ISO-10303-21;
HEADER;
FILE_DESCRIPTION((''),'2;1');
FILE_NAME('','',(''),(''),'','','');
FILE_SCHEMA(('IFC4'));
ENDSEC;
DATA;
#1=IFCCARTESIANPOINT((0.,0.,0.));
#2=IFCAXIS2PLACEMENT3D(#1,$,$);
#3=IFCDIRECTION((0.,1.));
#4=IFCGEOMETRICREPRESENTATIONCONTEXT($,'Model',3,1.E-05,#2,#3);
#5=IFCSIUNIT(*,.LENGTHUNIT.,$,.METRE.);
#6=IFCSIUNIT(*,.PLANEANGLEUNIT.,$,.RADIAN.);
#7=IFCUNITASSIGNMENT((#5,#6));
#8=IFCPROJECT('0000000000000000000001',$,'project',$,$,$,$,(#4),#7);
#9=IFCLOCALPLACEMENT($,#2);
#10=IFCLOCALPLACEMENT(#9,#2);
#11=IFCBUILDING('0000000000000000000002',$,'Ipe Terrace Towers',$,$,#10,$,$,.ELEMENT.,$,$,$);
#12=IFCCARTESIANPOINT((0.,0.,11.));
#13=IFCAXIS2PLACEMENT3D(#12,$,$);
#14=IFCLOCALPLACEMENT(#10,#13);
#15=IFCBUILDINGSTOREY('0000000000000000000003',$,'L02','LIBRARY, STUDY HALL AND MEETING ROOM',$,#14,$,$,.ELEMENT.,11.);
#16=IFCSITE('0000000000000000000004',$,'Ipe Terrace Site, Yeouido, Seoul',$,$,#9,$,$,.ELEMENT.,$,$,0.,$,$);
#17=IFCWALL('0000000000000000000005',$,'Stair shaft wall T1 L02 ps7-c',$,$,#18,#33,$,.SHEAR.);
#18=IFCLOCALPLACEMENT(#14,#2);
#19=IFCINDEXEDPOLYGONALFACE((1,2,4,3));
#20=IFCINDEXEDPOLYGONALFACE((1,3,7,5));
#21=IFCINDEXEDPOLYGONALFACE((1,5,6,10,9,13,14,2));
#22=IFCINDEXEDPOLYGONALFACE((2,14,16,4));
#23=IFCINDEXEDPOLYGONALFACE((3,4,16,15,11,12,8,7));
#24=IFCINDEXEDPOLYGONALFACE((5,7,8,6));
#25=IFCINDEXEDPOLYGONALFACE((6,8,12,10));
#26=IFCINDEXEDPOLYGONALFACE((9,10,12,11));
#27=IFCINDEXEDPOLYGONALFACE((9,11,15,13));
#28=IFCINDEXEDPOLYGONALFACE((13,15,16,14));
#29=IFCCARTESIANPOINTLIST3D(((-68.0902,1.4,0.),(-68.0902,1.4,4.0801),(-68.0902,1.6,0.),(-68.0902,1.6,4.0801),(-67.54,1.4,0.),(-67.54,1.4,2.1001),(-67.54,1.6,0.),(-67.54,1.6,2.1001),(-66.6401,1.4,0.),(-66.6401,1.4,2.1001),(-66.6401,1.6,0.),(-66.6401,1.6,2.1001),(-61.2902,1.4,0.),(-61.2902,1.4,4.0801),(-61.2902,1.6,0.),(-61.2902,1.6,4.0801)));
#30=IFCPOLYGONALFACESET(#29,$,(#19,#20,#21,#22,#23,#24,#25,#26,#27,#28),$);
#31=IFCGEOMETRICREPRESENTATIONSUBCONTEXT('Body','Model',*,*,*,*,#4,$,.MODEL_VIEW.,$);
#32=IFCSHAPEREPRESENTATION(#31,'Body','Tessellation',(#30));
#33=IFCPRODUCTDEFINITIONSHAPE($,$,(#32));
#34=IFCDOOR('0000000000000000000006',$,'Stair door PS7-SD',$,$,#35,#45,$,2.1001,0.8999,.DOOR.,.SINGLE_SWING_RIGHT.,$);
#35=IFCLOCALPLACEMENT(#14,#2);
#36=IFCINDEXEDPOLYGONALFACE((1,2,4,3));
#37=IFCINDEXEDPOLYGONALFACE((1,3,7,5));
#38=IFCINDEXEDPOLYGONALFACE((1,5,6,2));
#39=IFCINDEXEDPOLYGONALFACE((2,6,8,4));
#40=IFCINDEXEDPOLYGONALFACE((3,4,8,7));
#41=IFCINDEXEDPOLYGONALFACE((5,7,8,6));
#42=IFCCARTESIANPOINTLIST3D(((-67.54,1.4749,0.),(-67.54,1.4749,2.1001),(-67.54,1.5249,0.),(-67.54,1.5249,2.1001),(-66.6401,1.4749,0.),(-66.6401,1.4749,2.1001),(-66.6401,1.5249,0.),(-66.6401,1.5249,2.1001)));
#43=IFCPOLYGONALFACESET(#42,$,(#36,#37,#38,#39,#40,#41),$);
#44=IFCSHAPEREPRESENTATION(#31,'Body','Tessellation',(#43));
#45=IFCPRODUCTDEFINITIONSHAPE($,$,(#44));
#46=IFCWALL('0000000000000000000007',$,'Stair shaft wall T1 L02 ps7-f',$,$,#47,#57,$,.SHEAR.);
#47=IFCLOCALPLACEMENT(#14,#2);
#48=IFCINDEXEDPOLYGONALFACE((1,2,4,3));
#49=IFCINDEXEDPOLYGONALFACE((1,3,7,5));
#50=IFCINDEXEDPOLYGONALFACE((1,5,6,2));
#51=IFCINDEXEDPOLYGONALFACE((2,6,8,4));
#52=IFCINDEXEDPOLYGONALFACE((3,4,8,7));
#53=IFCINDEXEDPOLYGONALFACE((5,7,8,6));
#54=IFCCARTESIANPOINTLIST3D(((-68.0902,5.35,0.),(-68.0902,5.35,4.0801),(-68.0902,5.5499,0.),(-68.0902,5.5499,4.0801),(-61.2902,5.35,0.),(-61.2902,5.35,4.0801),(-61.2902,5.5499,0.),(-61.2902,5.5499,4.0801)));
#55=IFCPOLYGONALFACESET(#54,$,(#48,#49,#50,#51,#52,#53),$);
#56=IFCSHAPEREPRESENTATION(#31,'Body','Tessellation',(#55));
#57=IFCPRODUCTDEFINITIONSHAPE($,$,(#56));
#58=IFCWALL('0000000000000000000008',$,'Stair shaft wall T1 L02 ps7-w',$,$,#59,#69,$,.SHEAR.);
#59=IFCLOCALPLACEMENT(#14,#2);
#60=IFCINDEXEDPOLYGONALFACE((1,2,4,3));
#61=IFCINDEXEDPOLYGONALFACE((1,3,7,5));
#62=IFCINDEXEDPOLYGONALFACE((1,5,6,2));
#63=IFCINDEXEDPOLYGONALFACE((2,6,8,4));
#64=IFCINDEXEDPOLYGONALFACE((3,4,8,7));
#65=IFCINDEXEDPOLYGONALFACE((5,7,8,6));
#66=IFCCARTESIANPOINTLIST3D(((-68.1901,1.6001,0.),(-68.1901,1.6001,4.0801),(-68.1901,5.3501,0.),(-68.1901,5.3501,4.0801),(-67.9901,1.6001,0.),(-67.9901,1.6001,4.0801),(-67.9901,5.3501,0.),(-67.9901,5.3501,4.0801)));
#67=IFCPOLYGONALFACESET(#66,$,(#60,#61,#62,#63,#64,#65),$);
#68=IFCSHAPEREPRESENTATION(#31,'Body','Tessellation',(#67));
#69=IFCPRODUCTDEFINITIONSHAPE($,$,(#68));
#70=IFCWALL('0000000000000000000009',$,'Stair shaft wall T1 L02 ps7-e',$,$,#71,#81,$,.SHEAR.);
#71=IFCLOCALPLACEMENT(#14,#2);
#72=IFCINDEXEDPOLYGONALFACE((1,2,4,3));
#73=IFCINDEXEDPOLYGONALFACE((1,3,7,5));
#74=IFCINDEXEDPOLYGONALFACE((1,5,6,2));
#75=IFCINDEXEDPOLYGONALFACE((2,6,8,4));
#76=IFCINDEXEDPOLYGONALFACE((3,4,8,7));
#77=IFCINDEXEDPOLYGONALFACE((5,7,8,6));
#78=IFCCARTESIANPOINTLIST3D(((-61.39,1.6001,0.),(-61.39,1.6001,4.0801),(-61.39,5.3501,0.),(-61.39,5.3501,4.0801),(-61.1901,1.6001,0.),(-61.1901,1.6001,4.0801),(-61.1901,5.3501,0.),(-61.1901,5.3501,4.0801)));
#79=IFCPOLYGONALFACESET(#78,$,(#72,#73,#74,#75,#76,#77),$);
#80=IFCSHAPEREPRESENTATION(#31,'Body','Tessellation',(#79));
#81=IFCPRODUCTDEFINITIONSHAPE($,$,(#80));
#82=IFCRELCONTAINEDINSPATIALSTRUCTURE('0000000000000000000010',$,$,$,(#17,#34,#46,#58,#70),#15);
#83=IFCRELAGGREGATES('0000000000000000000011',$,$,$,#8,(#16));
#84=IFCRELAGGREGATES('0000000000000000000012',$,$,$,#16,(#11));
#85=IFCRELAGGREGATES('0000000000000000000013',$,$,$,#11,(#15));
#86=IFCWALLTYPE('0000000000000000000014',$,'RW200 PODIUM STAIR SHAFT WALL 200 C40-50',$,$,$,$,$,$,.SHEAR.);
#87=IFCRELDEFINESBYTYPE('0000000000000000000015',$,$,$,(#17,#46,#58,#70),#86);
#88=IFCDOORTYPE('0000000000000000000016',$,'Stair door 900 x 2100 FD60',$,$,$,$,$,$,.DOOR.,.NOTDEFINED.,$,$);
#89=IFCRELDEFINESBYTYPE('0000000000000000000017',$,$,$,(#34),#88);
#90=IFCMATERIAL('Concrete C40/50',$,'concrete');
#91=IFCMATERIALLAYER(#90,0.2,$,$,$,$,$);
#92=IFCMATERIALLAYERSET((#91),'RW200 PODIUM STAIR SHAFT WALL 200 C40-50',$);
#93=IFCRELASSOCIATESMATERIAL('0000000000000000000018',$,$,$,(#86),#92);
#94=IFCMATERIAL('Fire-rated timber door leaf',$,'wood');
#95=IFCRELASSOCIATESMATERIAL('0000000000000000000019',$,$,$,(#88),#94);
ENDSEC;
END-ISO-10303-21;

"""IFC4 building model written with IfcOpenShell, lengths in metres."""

from ifc_helpers import new_model, si_unit, direction, frame, frame_2d, origin, place, context, subcontext, project, spatial, rectangle, extrude, material, layer, layer_set, type_object, element, fill, save


model = new_model("IFC4")

# Units and contexts
model_context = context("Model", 3, precision=1e-05, world=origin(), true_north=direction((0.0, 1.0)))
body_context = subcontext(model_context, "Body", "Model", "MODEL_VIEW")
ifc_project = project(units=[si_unit("LENGTHUNIT", "METRE"), si_unit("PLANEANGLEUNIT", "RADIAN")], contexts=[model_context])

# Site, building, storey
site_placement = place(None, origin())
site = spatial("IfcSite", under=ifc_project, at=site_placement, Name="Ipe Terrace Site, Yeouido, Seoul", CompositionType="ELEMENT", RefElevation=0.0)
building_placement = place(site_placement, origin())
building = spatial("IfcBuilding", under=site, at=building_placement, Name="Ipe Terrace Towers", CompositionType="ELEMENT")
storey_placement = place(building_placement, frame((0.0, 0.0, 11.0)))
storey = spatial("IfcBuildingStorey", under=building, at=storey_placement, Name="L02", Description="LIBRARY, STUDY HALL AND MEETING ROOM", CompositionType="ELEMENT", Elevation=11.0)

# Wall, opening, door
ifc_material_1 = material(Name="Concrete C40/50", Category="concrete")
ifc_layer_1 = layer(ifc_material_1, 0.2)
ifc_layer_set_1 = layer_set([ifc_layer_1], Name="RW200 PODIUM STAIR SHAFT WALL 200 C40-50")
wall_type_1 = type_object("IfcWallType", Name="RW200 PODIUM STAIR SHAFT WALL 200 C40-50", PredefinedType="SHEAR", material=ifc_layer_set_1)
wall_1_placement = place(storey_placement, frame((-68.0901, 1.5, 0.0), z_axis=(0.0, 0.0, 1.0), x_axis=(1.0, 0.0, 0.0)))
wall_1 = element("IfcWall", 1, at=wall_1_placement, inside=storey, type_object=wall_type_1, Name="Stair shaft wall T1 L02 ps7-c", PredefinedType="SHEAR", context=body_context, shape_type="SweptSolid", body=[
    extrude(rectangle(XDim=6.8, YDim=0.2, at=frame_2d((3.3999, 0.0))), origin(), (0.0, 0.0, 1.0), 4.0801),
])
opening_1_placement = place(wall_1_placement, frame((0.55, 0.0, 0.0)))
opening_1 = element("IfcOpeningElement", 2, at=opening_1_placement, cuts=wall_1, PredefinedType="OPENING", context=body_context, shape_type="SweptSolid", body=[
    extrude(rectangle(XDim=0.8999, YDim=2.1001, at=frame_2d((0.45, 1.05))), frame((0.0, 0.1099, 0.0), z_axis=(0.0, -1.0, 0.0), x_axis=(1.0, 0.0, 0.0)), (0.0, 0.0, 1.0), 0.22),
])
ifc_material_2 = material(Name="Fire-rated timber door leaf", Category="wood")
door_type_1 = type_object("IfcDoorType", Name="Stair door 900 x 2100 FD60", OperationType="NOTDEFINED", PredefinedType="DOOR", material=ifc_material_2)
door_1_placement = place(opening_1_placement, origin())
door_1 = element("IfcDoor", 3, at=door_1_placement, inside=storey, type_object=door_type_1, Name="Stair door PS7-SD", OperationType="SINGLE_SWING_RIGHT", OverallHeight=2.1001, OverallWidth=0.8999, PredefinedType="DOOR", context=body_context, shape_type="SweptSolid", body=[
    extrude(rectangle(XDim=0.8999, YDim=2.1001, at=frame_2d((0.45, 1.05))), frame((0.0, 0.0249, 0.0), z_axis=(0.0, -1.0, 0.0), x_axis=(1.0, 0.0, 0.0)), (0.0, 0.0, 1.0), 0.05),
])
fill(opening_1, door_1)

# Walls
wall_2_placement = place(storey_placement, frame((-68.0901, 5.45, 0.0), z_axis=(0.0, 0.0, 1.0), x_axis=(1.0, 0.0, 0.0)))
element("IfcWall", 4, at=wall_2_placement, inside=storey, type_object=wall_type_1, Name="Stair shaft wall T1 L02 ps7-f", PredefinedType="SHEAR", context=body_context, shape_type="SweptSolid", body=[
    extrude(rectangle(XDim=6.8, YDim=0.2, at=frame_2d((3.3999, 0.0))), origin(), (0.0, 0.0, 1.0), 4.0801),
])
for number, where, z_axis, x_axis, name in (
    (5, (-68.0901, 1.6001, 0.0), (0.0, 0.0, 1.0), (0.0, 1.0, 0.0), "Stair shaft wall T1 L02 ps7-w"),
    (6, (-61.29, 1.6001, 0.0), (0.0, 0.0, 1.0), (0.0, 1.0, 0.0), "Stair shaft wall T1 L02 ps7-e"),
):
    element("IfcWall", number, at=place(storey_placement, frame(where, z_axis=z_axis, x_axis=x_axis)), inside=storey, type_object=wall_type_1, Name=name, PredefinedType="SHEAR", context=body_context, shape_type="SweptSolid", body=[
        extrude(rectangle(XDim=3.75, YDim=0.2, at=frame_2d((1.875, 0.0))), origin(), (0.0, 0.0, 1.0), 4.0801),
    ])

save(model, "model.ifc")
